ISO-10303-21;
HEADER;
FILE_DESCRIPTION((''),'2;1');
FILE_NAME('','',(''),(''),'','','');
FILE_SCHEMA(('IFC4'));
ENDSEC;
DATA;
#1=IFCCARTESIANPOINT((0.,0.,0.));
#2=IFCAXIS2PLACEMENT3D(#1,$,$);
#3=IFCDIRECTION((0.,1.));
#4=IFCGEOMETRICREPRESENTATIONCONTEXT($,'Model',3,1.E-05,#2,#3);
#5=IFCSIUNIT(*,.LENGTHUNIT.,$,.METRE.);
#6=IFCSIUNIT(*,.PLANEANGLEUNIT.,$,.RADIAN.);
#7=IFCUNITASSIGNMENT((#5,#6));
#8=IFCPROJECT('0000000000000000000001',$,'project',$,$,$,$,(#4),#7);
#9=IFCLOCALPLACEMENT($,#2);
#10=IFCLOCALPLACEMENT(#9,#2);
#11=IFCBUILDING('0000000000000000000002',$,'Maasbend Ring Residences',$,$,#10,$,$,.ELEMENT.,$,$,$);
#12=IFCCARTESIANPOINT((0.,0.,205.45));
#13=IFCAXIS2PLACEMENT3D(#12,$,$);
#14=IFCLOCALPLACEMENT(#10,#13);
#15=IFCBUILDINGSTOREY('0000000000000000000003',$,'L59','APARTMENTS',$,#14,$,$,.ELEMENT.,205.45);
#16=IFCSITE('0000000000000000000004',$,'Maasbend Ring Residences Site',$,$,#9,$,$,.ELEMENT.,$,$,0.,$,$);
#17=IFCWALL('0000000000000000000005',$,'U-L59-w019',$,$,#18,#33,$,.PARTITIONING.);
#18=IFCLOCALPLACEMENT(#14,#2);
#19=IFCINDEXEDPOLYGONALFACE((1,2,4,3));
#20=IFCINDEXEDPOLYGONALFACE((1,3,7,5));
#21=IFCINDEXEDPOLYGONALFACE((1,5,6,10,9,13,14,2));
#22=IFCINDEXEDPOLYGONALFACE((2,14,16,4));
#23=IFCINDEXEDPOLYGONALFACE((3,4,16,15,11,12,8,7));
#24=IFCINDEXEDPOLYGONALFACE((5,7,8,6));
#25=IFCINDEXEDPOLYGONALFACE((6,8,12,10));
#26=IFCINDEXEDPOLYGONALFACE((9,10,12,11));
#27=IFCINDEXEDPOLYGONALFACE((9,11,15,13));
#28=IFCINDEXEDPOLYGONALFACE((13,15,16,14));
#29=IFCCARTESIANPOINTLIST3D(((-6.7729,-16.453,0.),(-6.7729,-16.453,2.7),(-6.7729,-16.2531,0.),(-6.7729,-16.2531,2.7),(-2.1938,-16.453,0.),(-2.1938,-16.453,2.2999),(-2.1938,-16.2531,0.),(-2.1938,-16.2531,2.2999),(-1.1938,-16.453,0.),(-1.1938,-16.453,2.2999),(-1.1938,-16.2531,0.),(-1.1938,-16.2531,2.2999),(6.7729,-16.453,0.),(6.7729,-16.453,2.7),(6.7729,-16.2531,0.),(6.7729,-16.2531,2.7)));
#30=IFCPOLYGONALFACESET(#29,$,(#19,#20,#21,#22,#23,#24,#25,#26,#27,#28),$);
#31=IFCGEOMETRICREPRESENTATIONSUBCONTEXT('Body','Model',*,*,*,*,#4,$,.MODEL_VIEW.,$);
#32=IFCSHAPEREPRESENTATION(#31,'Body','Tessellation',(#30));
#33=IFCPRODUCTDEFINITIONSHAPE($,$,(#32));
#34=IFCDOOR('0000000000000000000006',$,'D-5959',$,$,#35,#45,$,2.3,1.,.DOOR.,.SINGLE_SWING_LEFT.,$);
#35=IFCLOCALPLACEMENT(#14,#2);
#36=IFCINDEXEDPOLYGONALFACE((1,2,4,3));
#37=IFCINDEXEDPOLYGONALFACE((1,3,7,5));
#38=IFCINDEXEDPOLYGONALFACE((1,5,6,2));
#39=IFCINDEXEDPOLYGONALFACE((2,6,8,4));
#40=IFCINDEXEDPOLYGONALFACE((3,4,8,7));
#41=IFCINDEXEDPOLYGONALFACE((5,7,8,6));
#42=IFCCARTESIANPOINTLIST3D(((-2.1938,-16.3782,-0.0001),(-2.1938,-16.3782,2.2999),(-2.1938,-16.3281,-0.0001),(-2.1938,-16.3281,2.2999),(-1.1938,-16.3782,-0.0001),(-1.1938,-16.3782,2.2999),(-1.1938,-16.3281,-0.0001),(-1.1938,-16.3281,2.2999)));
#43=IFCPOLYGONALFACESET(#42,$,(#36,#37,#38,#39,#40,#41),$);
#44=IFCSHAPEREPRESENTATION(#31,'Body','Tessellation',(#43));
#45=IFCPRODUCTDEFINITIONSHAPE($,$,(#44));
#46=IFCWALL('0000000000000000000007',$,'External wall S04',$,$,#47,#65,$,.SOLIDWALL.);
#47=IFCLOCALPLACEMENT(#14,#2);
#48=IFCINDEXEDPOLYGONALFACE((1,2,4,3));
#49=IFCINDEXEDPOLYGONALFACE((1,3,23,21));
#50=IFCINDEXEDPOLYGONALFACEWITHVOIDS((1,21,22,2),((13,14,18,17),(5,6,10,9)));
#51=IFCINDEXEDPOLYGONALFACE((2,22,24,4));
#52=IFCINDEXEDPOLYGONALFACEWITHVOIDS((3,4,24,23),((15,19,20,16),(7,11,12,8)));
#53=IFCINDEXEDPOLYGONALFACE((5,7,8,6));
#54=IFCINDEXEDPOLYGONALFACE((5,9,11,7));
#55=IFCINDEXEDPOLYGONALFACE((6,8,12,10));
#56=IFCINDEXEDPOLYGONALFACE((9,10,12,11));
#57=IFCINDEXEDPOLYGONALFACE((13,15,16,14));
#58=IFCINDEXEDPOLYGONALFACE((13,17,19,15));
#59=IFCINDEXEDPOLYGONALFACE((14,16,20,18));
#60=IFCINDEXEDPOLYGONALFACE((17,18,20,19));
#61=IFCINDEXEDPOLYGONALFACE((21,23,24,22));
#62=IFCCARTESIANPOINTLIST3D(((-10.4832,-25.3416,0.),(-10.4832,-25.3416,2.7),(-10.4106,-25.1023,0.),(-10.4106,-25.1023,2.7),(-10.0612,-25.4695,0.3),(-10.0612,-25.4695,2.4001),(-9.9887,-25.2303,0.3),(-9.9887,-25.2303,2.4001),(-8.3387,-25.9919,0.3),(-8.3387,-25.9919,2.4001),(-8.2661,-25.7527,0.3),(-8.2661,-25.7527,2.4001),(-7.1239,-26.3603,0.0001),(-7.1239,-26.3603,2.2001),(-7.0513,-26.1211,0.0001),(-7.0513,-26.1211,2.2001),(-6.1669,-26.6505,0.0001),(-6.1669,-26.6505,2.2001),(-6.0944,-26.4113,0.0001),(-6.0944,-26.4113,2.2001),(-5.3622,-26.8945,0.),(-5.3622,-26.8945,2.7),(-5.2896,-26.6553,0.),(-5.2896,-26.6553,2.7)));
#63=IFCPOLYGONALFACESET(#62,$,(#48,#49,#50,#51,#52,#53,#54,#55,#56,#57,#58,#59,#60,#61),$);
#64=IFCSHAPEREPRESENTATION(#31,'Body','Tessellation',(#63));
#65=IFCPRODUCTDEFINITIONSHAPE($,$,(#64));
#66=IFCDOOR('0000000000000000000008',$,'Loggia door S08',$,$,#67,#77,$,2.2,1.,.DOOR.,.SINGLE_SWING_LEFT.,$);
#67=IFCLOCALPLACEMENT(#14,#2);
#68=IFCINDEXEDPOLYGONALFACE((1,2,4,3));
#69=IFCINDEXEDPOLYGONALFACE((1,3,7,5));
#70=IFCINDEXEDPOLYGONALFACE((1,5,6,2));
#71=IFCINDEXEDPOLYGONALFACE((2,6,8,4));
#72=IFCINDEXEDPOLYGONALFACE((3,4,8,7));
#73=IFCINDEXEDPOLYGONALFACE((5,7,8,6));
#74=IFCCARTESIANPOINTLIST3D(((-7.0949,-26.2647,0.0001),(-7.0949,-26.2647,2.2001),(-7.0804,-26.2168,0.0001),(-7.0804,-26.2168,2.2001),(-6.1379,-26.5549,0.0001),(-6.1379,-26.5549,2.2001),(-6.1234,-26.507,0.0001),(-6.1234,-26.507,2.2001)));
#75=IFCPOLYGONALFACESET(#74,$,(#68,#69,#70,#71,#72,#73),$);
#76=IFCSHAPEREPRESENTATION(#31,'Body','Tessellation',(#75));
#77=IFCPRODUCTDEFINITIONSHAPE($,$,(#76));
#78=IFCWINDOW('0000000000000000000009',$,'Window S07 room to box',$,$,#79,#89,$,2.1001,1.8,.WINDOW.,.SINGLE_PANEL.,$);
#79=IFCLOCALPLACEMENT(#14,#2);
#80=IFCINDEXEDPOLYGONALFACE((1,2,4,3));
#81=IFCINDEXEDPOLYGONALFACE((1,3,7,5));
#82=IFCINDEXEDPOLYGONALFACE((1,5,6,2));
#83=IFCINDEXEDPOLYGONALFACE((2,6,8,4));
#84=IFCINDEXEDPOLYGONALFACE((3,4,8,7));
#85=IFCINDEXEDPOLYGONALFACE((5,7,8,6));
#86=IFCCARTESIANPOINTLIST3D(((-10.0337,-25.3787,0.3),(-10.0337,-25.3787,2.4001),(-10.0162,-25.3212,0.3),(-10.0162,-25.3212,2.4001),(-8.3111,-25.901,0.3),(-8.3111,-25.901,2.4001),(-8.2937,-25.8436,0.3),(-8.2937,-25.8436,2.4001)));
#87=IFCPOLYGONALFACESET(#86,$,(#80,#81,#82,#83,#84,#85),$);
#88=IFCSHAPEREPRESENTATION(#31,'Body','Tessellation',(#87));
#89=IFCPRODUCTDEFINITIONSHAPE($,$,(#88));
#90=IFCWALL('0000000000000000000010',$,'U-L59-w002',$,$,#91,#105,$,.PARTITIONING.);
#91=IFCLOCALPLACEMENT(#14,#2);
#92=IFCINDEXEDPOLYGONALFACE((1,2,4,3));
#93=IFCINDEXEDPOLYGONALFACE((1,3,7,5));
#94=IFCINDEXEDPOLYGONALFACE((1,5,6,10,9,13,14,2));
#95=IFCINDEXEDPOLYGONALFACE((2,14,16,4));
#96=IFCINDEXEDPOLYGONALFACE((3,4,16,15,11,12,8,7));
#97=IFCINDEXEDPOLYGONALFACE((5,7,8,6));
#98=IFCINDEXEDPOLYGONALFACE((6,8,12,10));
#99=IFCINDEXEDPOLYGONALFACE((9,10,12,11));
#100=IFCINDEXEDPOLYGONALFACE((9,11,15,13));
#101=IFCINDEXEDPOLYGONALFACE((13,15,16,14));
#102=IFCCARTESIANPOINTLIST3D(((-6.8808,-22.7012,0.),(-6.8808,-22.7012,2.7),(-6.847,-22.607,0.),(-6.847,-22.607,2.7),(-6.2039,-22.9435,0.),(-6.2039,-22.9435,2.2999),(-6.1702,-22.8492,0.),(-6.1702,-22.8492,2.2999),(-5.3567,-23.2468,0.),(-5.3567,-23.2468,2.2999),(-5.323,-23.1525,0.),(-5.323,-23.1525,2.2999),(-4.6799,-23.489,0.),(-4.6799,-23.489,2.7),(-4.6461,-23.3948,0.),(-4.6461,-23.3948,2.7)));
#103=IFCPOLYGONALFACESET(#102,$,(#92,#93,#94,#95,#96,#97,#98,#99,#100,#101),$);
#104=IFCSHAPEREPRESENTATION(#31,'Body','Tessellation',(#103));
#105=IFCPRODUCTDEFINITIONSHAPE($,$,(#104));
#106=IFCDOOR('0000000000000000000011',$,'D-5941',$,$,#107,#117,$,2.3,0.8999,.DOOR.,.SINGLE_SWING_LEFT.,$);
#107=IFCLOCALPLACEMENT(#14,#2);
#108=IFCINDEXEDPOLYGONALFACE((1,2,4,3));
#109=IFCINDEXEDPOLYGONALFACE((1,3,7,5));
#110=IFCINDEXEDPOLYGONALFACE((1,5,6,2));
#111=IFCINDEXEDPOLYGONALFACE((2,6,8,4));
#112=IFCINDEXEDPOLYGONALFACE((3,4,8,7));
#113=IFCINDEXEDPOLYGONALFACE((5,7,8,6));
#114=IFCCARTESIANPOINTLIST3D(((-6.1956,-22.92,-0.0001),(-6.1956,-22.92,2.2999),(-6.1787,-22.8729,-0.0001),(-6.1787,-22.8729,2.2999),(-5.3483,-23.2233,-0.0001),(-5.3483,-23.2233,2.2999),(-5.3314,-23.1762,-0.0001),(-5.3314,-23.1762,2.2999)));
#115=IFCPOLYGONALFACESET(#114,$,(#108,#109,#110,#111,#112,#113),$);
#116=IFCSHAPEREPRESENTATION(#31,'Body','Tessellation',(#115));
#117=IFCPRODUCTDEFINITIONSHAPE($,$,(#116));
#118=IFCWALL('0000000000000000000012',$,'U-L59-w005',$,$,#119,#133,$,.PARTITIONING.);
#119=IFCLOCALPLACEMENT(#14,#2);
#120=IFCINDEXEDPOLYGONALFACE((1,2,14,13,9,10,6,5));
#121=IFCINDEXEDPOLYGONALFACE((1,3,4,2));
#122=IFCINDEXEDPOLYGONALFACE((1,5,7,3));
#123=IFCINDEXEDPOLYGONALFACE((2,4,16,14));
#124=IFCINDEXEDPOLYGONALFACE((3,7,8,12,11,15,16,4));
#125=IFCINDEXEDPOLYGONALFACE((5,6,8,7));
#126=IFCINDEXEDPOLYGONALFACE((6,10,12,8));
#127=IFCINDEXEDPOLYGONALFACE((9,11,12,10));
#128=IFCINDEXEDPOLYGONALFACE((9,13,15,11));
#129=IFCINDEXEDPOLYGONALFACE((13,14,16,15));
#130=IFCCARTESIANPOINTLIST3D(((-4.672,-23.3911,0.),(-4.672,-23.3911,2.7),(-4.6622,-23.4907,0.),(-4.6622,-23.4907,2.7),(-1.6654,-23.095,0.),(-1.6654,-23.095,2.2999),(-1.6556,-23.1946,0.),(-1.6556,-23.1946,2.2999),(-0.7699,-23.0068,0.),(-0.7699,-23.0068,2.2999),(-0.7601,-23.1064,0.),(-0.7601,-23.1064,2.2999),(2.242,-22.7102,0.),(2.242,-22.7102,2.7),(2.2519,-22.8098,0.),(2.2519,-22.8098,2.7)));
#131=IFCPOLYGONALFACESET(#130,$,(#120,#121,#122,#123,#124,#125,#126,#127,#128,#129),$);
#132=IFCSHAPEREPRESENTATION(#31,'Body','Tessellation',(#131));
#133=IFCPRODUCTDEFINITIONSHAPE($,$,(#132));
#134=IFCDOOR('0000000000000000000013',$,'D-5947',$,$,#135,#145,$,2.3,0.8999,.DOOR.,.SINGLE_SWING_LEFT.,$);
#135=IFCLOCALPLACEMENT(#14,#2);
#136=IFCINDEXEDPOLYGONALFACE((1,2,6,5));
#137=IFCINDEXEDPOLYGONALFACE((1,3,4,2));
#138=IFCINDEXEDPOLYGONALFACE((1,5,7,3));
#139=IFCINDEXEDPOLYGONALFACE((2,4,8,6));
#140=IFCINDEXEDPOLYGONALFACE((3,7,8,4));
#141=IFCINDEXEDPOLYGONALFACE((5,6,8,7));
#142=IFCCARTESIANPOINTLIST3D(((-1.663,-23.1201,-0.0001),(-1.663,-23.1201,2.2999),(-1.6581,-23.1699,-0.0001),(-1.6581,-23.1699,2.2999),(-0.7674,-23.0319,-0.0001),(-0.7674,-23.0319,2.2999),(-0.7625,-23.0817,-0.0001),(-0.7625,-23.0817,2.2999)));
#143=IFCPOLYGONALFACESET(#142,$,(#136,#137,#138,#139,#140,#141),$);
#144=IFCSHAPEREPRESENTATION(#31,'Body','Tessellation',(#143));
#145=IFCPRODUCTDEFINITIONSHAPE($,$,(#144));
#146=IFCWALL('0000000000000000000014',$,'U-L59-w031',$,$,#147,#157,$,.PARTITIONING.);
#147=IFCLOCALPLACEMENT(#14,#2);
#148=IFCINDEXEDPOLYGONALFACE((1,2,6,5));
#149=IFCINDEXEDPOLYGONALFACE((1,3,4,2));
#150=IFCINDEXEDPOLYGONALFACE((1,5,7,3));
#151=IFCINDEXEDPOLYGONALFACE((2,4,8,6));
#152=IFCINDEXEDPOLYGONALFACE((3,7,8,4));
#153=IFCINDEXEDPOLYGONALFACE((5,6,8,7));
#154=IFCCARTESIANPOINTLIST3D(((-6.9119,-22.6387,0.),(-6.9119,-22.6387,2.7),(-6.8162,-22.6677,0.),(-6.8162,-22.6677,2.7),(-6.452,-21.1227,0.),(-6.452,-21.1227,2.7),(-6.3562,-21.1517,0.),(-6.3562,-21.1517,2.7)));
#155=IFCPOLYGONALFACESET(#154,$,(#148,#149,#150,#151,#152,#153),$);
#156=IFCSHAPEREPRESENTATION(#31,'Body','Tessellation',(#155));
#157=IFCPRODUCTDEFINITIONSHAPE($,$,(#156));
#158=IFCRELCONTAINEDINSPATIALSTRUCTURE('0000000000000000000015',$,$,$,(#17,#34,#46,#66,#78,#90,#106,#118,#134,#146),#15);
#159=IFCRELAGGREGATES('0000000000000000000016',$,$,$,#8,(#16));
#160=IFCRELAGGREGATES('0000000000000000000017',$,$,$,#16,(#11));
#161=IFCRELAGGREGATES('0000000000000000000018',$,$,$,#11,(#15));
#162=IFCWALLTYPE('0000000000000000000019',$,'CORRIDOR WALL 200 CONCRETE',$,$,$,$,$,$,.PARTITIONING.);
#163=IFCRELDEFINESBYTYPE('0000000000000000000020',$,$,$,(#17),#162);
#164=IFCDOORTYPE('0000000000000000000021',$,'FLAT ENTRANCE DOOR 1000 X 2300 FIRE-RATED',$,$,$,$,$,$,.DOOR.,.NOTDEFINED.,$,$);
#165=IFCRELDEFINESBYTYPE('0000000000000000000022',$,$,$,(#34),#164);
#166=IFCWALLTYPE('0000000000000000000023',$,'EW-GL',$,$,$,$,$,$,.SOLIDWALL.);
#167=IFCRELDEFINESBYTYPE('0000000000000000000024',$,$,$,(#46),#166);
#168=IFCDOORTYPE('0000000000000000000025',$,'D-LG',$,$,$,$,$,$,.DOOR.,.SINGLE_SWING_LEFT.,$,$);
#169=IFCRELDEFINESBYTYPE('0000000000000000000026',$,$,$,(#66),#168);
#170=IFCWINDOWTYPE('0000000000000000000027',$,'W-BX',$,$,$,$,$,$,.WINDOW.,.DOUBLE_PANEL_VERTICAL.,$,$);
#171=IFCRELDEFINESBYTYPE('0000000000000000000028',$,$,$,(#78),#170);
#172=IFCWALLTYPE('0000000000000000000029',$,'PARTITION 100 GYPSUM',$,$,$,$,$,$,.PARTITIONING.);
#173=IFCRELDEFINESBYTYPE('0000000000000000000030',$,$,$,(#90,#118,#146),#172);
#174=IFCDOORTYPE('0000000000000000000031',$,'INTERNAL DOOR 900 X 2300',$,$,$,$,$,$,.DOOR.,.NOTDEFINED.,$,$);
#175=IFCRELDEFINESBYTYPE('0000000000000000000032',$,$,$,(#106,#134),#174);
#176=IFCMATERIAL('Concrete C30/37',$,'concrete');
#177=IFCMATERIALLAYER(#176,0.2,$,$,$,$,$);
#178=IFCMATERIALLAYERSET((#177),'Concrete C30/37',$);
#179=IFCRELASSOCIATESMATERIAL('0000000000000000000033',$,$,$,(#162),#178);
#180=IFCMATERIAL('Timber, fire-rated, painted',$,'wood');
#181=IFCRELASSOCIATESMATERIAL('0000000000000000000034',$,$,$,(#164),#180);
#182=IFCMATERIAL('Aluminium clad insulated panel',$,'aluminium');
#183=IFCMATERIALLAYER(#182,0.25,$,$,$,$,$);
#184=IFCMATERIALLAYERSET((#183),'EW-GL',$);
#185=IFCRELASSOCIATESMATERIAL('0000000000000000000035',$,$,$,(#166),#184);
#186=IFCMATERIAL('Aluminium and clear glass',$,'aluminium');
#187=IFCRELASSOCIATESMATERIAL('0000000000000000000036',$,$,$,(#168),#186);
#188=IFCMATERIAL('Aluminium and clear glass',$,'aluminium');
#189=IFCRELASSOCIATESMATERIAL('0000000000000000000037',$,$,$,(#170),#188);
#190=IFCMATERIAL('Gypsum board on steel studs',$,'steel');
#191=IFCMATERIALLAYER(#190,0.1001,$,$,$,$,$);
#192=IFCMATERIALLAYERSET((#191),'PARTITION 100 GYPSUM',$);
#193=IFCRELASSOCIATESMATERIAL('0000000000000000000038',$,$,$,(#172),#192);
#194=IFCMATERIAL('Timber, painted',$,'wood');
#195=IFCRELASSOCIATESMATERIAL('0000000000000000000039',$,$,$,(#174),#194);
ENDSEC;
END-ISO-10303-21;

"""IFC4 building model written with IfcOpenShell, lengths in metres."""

from ifc_helpers import new_model, si_unit, direction, frame, frame_2d, origin, place, context, subcontext, project, spatial, rectangle, extrude, material, layer, layer_set, type_object, element, fill, save


model = new_model("IFC4")

# Units and contexts
model_context = context("Model", 3, precision=1e-05, world=origin(), true_north=direction((0.0, 1.0)))
body_context = subcontext(model_context, "Body", "Model", "MODEL_VIEW")
ifc_project = project(units=[si_unit("LENGTHUNIT", "METRE"), si_unit("PLANEANGLEUNIT", "RADIAN")], contexts=[model_context])

# Site, building, storey
site_placement = place(None, origin())
site = spatial("IfcSite", under=ifc_project, at=site_placement, Name="Maasbend Ring Residences Site", CompositionType="ELEMENT", RefElevation=0.0)
building_placement = place(site_placement, origin())
building = spatial("IfcBuilding", under=site, at=building_placement, Name="Maasbend Ring Residences", CompositionType="ELEMENT")
storey_placement = place(building_placement, frame((0.0, 0.0, 205.45)))
storey = spatial("IfcBuildingStorey", under=building, at=storey_placement, Name="L59", Description="APARTMENTS", CompositionType="ELEMENT", Elevation=205.45)

# Wall, opening, door
ifc_material_1 = material(Name="Concrete C30/37", Category="concrete")
ifc_layer_1 = layer(ifc_material_1, 0.2)
ifc_layer_set_1 = layer_set([ifc_layer_1], Name="Concrete C30/37")
wall_type_1 = type_object("IfcWallType", Name="CORRIDOR WALL 200 CONCRETE", PredefinedType="PARTITIONING", material=ifc_layer_set_1)
ifc_material_2 = material(Name="Timber, fire-rated, painted", Category="wood")
door_type_1 = type_object("IfcDoorType", Name="FLAT ENTRANCE DOOR 1000 X 2300 FIRE-RATED", OperationType="NOTDEFINED", PredefinedType="DOOR", material=ifc_material_2)
wall_1_placement = place(storey_placement, frame((-6.7729, -16.353, 0.0), z_axis=(0.0, 0.0, 1.0), x_axis=(1.0, 0.0, 0.0)))
wall_1 = element("IfcWall", 1, at=wall_1_placement, inside=storey, type_object=wall_type_1, Name="U-L59-w019", PredefinedType="PARTITIONING", context=body_context, shape_type="SweptSolid", body=[
    extrude(rectangle(XDim=13.5459, YDim=0.2, at=frame_2d((6.7729, 0.0))), origin(), (0.0, 0.0, 1.0), 2.7),
])
opening_1_placement = place(wall_1_placement, frame((4.5791, 0.0, 0.0)))
opening_1 = element("IfcOpeningElement", 2, at=opening_1_placement, cuts=wall_1, PredefinedType="OPENING", context=body_context, shape_type="SweptSolid", body=[
    extrude(rectangle(XDim=1.0, YDim=2.3, at=frame_2d((0.5, 1.1499))), frame((0.0, 0.1099, 0.0), z_axis=(0.0, -1.0, 0.0), x_axis=(1.0, 0.0, 0.0)), (0.0, 0.0, 1.0), 0.22),
])
door_1_placement = place(opening_1_placement, origin())
door_1 = element("IfcDoor", 3, at=door_1_placement, inside=storey, type_object=door_type_1, Name="D-5959", OperationType="SINGLE_SWING_LEFT", OverallHeight=2.3, OverallWidth=1.0, PredefinedType="DOOR", context=body_context, shape_type="SweptSolid", body=[
    extrude(rectangle(XDim=1.0, YDim=2.3, at=frame_2d((0.5, 1.1499))), frame((0.0, 0.0249, 0.0), z_axis=(0.0, -1.0, 0.0), x_axis=(1.0, 0.0, 0.0)), (0.0, 0.0, 1.0), 0.05),
])
fill(opening_1, door_1)

# Wall, openings, door, window
ifc_material_3 = material(Name="Aluminium clad insulated panel", Category="aluminium")
ifc_layer_2 = layer(ifc_material_3, 0.25)
ifc_layer_set_2 = layer_set([ifc_layer_2], Name="EW-GL")
wall_type_2 = type_object("IfcWallType", Name="EW-GL", PredefinedType="SOLIDWALL", material=ifc_layer_set_2)
wall_2_placement = place(storey_placement, frame((-10.447, -25.2219, 0.0), z_axis=(0.0, 0.0, 1.0), x_axis=(0.956966, -0.290201, 0.0)))
wall_2 = element("IfcWall", 4, at=wall_2_placement, inside=storey, type_object=wall_type_2, Name="External wall S04", PredefinedType="SOLIDWALL", context=body_context, shape_type="SweptSolid", body=[
    extrude(rectangle(XDim=5.3513, YDim=0.25, at=frame_2d((2.6758, 0.0))), origin(), (0.0, 0.0, 1.0), 2.7),
])
opening_2_placement = place(wall_2_placement, frame((0.4412, 0.0, 0.3)))
opening_2 = element("IfcOpeningElement", 5, at=opening_2_placement, cuts=wall_2, PredefinedType="OPENING", context=body_context, shape_type="SweptSolid", body=[
    extrude(rectangle(XDim=1.8, YDim=2.1001, at=frame_2d((0.8999, 1.05))), frame((0.0, 0.135, 0.0), z_axis=(0.0, -1.0, 0.0), x_axis=(1.0, 0.0, 0.0)), (0.0, 0.0, 1.0), 0.27),
])
opening_3_placement = place(wall_2_placement, frame((3.5105, 0.0, 0.0)))
opening_3 = element("IfcOpeningElement", 6, at=opening_3_placement, cuts=wall_2, PredefinedType="OPENING", context=body_context, shape_type="SweptSolid", body=[
    extrude(rectangle(XDim=1.0, YDim=2.2, at=frame_2d((0.5, 1.1001))), frame((0.0, 0.135, 0.0), z_axis=(0.0, -1.0, 0.0), x_axis=(1.0, 0.0, 0.0)), (0.0, 0.0, 1.0), 0.27),
])
ifc_material_4 = material(Name="Aluminium and clear glass", Category="aluminium")
door_type_2 = type_object("IfcDoorType", Name="D-LG", OperationType="SINGLE_SWING_LEFT", PredefinedType="DOOR", material=ifc_material_4)
door_2_placement = place(opening_3_placement, origin())
door_2 = element("IfcDoor", 7, at=door_2_placement, inside=storey, type_object=door_type_2, Name="Loggia door S08", OperationType="SINGLE_SWING_LEFT", OverallHeight=2.2, OverallWidth=1.0, PredefinedType="DOOR", context=body_context, shape_type="SweptSolid", body=[
    extrude(rectangle(XDim=1.0, YDim=2.2, at=frame_2d((0.5, 1.1001))), frame((0.0, 0.0249, 0.0), z_axis=(0.0, -1.0, 0.0), x_axis=(1.0, 0.0, 0.0)), (0.0, 0.0, 1.0), 0.05),
])
fill(opening_3, door_2)
ifc_material_5 = material(Name="Aluminium and clear glass", Category="aluminium")
window_type = type_object("IfcWindowType", Name="W-BX", PartitioningType="DOUBLE_PANEL_VERTICAL", PredefinedType="WINDOW", material=ifc_material_5)
window_placement = place(opening_2_placement, origin())
window = element("IfcWindow", 8, at=window_placement, inside=storey, type_object=window_type, Name="Window S07 room to box", OverallHeight=2.1001, OverallWidth=1.8, PartitioningType="SINGLE_PANEL", PredefinedType="WINDOW", context=body_context, shape_type="SweptSolid", body=[
    extrude(rectangle(XDim=1.8, YDim=2.1001, at=frame_2d((0.8999, 1.05))), frame((0.0, 0.03, 0.0), z_axis=(0.0, -1.0, 0.0), x_axis=(1.0, 0.0, 0.0)), (0.0, 0.0, 1.0), 0.0601),
])
fill(opening_2, window)

# Walls, openings, doors
ifc_material_6 = material(Name="Gypsum board on steel studs", Category="steel")
ifc_layer_3 = layer(ifc_material_6, 0.1001)
ifc_layer_set_3 = layer_set([ifc_layer_3], Name="PARTITION 100 GYPSUM")
wall_type_3 = type_object("IfcWallType", Name="PARTITION 100 GYPSUM", PredefinedType="PARTITIONING", material=ifc_layer_set_3)
wall_3_placement = place(storey_placement, frame((-6.864, -22.6541, 0.0), z_axis=(0.0, 0.0, 1.0), x_axis=(0.941498, -0.337018, 0.0)))
wall_3 = element("IfcWall", 9, at=wall_3_placement, inside=storey, type_object=wall_type_3, Name="U-L59-w002", PredefinedType="PARTITIONING", context=body_context, shape_type="SweptSolid", body=[
    extrude(rectangle(XDim=2.3376, YDim=0.1001, at=frame_2d((1.1689, 0.0))), origin(), (0.0, 0.0, 1.0), 2.7),
])
opening_4_placement = place(wall_3_placement, frame((0.719, 0.0, 0.0)))
opening_4 = element("IfcOpeningElement", 10, at=opening_4_placement, cuts=wall_3, PredefinedType="OPENING", context=body_context, shape_type="SweptSolid", body=[
    extrude(rectangle(XDim=0.8999, YDim=2.3, at=frame_2d((0.45, 1.1499))), frame((0.0, 0.0601, 0.0), z_axis=(0.0, -1.0, 0.0), x_axis=(1.0, 0.0, 0.0)), (0.0, 0.0, 1.0), 0.1201),
])
ifc_material_7 = material(Name="Timber, painted", Category="wood")
door_type_3 = type_object("IfcDoorType", Name="INTERNAL DOOR 900 X 2300", OperationType="NOTDEFINED", PredefinedType="DOOR", material=ifc_material_7)
door_3_placement = place(opening_4_placement, origin())
door_3 = element("IfcDoor", 11, at=door_3_placement, inside=storey, type_object=door_type_3, Name="D-5941", OperationType="SINGLE_SWING_LEFT", OverallHeight=2.3, OverallWidth=0.8999, PredefinedType="DOOR", context=body_context, shape_type="SweptSolid", body=[
    extrude(rectangle(XDim=0.8999, YDim=2.3, at=frame_2d((0.45, 1.1499))), frame((0.0, 0.0249, 0.0), z_axis=(0.0, -1.0, 0.0), x_axis=(1.0, 0.0, 0.0)), (0.0, 0.0, 1.0), 0.05),
])
fill(opening_4, door_3)
wall_4_placement = place(storey_placement, frame((-4.667, -23.4409, 0.0), z_axis=(0.0, 0.0, 1.0), x_axis=(0.995186, 0.098008, 0.0)))
wall_4 = element("IfcWall", 12, at=wall_4_placement, inside=storey, type_object=wall_type_3, Name="U-L59-w005", PredefinedType="PARTITIONING", context=body_context, shape_type="SweptSolid", body=[
    extrude(rectangle(XDim=6.9475, YDim=0.1001, at=frame_2d((3.4736, 0.0))), origin(), (0.0, 0.0, 1.0), 2.7),
])
opening_5_placement = place(wall_4_placement, frame((3.021, 0.0, 0.0)))
opening_5 = element("IfcOpeningElement", 13, at=opening_5_placement, cuts=wall_4, PredefinedType="OPENING", context=body_context, shape_type="SweptSolid", body=[
    extrude(rectangle(XDim=0.8999, YDim=2.3, at=frame_2d((0.45, 1.1499))), frame((0.0, 0.0601, 0.0), z_axis=(0.0, -1.0, 0.0), x_axis=(1.0, 0.0, 0.0)), (0.0, 0.0, 1.0), 0.1201),
])
door_4_placement = place(opening_5_placement, origin())
door_4 = element("IfcDoor", 14, at=door_4_placement, inside=storey, type_object=door_type_3, Name="D-5947", OperationType="SINGLE_SWING_LEFT", OverallHeight=2.3, OverallWidth=0.8999, PredefinedType="DOOR", context=body_context, shape_type="SweptSolid", body=[
    extrude(rectangle(XDim=0.8999, YDim=2.3, at=frame_2d((0.45, 1.1499))), frame((0.0, 0.0249, 0.0), z_axis=(0.0, -1.0, 0.0), x_axis=(1.0, 0.0, 0.0)), (0.0, 0.0, 1.0), 0.05),
])
fill(opening_5, door_4)

# Wall
wall_5_placement = place(storey_placement, frame((-6.864, -22.6531, 0.0), z_axis=(0.0, 0.0, 1.0), x_axis=(0.290315, 0.956931, 0.0)))
element("IfcWall", 15, at=wall_5_placement, inside=storey, type_object=wall_type_3, Name="U-L59-w031", PredefinedType="PARTITIONING", context=body_context, shape_type="SweptSolid", body=[
    extrude(rectangle(XDim=1.5842, YDim=0.1001, at=frame_2d((0.792, 0.0))), origin(), (0.0, 0.0, 1.0), 2.7),
])

save(model, "model.ifc")
